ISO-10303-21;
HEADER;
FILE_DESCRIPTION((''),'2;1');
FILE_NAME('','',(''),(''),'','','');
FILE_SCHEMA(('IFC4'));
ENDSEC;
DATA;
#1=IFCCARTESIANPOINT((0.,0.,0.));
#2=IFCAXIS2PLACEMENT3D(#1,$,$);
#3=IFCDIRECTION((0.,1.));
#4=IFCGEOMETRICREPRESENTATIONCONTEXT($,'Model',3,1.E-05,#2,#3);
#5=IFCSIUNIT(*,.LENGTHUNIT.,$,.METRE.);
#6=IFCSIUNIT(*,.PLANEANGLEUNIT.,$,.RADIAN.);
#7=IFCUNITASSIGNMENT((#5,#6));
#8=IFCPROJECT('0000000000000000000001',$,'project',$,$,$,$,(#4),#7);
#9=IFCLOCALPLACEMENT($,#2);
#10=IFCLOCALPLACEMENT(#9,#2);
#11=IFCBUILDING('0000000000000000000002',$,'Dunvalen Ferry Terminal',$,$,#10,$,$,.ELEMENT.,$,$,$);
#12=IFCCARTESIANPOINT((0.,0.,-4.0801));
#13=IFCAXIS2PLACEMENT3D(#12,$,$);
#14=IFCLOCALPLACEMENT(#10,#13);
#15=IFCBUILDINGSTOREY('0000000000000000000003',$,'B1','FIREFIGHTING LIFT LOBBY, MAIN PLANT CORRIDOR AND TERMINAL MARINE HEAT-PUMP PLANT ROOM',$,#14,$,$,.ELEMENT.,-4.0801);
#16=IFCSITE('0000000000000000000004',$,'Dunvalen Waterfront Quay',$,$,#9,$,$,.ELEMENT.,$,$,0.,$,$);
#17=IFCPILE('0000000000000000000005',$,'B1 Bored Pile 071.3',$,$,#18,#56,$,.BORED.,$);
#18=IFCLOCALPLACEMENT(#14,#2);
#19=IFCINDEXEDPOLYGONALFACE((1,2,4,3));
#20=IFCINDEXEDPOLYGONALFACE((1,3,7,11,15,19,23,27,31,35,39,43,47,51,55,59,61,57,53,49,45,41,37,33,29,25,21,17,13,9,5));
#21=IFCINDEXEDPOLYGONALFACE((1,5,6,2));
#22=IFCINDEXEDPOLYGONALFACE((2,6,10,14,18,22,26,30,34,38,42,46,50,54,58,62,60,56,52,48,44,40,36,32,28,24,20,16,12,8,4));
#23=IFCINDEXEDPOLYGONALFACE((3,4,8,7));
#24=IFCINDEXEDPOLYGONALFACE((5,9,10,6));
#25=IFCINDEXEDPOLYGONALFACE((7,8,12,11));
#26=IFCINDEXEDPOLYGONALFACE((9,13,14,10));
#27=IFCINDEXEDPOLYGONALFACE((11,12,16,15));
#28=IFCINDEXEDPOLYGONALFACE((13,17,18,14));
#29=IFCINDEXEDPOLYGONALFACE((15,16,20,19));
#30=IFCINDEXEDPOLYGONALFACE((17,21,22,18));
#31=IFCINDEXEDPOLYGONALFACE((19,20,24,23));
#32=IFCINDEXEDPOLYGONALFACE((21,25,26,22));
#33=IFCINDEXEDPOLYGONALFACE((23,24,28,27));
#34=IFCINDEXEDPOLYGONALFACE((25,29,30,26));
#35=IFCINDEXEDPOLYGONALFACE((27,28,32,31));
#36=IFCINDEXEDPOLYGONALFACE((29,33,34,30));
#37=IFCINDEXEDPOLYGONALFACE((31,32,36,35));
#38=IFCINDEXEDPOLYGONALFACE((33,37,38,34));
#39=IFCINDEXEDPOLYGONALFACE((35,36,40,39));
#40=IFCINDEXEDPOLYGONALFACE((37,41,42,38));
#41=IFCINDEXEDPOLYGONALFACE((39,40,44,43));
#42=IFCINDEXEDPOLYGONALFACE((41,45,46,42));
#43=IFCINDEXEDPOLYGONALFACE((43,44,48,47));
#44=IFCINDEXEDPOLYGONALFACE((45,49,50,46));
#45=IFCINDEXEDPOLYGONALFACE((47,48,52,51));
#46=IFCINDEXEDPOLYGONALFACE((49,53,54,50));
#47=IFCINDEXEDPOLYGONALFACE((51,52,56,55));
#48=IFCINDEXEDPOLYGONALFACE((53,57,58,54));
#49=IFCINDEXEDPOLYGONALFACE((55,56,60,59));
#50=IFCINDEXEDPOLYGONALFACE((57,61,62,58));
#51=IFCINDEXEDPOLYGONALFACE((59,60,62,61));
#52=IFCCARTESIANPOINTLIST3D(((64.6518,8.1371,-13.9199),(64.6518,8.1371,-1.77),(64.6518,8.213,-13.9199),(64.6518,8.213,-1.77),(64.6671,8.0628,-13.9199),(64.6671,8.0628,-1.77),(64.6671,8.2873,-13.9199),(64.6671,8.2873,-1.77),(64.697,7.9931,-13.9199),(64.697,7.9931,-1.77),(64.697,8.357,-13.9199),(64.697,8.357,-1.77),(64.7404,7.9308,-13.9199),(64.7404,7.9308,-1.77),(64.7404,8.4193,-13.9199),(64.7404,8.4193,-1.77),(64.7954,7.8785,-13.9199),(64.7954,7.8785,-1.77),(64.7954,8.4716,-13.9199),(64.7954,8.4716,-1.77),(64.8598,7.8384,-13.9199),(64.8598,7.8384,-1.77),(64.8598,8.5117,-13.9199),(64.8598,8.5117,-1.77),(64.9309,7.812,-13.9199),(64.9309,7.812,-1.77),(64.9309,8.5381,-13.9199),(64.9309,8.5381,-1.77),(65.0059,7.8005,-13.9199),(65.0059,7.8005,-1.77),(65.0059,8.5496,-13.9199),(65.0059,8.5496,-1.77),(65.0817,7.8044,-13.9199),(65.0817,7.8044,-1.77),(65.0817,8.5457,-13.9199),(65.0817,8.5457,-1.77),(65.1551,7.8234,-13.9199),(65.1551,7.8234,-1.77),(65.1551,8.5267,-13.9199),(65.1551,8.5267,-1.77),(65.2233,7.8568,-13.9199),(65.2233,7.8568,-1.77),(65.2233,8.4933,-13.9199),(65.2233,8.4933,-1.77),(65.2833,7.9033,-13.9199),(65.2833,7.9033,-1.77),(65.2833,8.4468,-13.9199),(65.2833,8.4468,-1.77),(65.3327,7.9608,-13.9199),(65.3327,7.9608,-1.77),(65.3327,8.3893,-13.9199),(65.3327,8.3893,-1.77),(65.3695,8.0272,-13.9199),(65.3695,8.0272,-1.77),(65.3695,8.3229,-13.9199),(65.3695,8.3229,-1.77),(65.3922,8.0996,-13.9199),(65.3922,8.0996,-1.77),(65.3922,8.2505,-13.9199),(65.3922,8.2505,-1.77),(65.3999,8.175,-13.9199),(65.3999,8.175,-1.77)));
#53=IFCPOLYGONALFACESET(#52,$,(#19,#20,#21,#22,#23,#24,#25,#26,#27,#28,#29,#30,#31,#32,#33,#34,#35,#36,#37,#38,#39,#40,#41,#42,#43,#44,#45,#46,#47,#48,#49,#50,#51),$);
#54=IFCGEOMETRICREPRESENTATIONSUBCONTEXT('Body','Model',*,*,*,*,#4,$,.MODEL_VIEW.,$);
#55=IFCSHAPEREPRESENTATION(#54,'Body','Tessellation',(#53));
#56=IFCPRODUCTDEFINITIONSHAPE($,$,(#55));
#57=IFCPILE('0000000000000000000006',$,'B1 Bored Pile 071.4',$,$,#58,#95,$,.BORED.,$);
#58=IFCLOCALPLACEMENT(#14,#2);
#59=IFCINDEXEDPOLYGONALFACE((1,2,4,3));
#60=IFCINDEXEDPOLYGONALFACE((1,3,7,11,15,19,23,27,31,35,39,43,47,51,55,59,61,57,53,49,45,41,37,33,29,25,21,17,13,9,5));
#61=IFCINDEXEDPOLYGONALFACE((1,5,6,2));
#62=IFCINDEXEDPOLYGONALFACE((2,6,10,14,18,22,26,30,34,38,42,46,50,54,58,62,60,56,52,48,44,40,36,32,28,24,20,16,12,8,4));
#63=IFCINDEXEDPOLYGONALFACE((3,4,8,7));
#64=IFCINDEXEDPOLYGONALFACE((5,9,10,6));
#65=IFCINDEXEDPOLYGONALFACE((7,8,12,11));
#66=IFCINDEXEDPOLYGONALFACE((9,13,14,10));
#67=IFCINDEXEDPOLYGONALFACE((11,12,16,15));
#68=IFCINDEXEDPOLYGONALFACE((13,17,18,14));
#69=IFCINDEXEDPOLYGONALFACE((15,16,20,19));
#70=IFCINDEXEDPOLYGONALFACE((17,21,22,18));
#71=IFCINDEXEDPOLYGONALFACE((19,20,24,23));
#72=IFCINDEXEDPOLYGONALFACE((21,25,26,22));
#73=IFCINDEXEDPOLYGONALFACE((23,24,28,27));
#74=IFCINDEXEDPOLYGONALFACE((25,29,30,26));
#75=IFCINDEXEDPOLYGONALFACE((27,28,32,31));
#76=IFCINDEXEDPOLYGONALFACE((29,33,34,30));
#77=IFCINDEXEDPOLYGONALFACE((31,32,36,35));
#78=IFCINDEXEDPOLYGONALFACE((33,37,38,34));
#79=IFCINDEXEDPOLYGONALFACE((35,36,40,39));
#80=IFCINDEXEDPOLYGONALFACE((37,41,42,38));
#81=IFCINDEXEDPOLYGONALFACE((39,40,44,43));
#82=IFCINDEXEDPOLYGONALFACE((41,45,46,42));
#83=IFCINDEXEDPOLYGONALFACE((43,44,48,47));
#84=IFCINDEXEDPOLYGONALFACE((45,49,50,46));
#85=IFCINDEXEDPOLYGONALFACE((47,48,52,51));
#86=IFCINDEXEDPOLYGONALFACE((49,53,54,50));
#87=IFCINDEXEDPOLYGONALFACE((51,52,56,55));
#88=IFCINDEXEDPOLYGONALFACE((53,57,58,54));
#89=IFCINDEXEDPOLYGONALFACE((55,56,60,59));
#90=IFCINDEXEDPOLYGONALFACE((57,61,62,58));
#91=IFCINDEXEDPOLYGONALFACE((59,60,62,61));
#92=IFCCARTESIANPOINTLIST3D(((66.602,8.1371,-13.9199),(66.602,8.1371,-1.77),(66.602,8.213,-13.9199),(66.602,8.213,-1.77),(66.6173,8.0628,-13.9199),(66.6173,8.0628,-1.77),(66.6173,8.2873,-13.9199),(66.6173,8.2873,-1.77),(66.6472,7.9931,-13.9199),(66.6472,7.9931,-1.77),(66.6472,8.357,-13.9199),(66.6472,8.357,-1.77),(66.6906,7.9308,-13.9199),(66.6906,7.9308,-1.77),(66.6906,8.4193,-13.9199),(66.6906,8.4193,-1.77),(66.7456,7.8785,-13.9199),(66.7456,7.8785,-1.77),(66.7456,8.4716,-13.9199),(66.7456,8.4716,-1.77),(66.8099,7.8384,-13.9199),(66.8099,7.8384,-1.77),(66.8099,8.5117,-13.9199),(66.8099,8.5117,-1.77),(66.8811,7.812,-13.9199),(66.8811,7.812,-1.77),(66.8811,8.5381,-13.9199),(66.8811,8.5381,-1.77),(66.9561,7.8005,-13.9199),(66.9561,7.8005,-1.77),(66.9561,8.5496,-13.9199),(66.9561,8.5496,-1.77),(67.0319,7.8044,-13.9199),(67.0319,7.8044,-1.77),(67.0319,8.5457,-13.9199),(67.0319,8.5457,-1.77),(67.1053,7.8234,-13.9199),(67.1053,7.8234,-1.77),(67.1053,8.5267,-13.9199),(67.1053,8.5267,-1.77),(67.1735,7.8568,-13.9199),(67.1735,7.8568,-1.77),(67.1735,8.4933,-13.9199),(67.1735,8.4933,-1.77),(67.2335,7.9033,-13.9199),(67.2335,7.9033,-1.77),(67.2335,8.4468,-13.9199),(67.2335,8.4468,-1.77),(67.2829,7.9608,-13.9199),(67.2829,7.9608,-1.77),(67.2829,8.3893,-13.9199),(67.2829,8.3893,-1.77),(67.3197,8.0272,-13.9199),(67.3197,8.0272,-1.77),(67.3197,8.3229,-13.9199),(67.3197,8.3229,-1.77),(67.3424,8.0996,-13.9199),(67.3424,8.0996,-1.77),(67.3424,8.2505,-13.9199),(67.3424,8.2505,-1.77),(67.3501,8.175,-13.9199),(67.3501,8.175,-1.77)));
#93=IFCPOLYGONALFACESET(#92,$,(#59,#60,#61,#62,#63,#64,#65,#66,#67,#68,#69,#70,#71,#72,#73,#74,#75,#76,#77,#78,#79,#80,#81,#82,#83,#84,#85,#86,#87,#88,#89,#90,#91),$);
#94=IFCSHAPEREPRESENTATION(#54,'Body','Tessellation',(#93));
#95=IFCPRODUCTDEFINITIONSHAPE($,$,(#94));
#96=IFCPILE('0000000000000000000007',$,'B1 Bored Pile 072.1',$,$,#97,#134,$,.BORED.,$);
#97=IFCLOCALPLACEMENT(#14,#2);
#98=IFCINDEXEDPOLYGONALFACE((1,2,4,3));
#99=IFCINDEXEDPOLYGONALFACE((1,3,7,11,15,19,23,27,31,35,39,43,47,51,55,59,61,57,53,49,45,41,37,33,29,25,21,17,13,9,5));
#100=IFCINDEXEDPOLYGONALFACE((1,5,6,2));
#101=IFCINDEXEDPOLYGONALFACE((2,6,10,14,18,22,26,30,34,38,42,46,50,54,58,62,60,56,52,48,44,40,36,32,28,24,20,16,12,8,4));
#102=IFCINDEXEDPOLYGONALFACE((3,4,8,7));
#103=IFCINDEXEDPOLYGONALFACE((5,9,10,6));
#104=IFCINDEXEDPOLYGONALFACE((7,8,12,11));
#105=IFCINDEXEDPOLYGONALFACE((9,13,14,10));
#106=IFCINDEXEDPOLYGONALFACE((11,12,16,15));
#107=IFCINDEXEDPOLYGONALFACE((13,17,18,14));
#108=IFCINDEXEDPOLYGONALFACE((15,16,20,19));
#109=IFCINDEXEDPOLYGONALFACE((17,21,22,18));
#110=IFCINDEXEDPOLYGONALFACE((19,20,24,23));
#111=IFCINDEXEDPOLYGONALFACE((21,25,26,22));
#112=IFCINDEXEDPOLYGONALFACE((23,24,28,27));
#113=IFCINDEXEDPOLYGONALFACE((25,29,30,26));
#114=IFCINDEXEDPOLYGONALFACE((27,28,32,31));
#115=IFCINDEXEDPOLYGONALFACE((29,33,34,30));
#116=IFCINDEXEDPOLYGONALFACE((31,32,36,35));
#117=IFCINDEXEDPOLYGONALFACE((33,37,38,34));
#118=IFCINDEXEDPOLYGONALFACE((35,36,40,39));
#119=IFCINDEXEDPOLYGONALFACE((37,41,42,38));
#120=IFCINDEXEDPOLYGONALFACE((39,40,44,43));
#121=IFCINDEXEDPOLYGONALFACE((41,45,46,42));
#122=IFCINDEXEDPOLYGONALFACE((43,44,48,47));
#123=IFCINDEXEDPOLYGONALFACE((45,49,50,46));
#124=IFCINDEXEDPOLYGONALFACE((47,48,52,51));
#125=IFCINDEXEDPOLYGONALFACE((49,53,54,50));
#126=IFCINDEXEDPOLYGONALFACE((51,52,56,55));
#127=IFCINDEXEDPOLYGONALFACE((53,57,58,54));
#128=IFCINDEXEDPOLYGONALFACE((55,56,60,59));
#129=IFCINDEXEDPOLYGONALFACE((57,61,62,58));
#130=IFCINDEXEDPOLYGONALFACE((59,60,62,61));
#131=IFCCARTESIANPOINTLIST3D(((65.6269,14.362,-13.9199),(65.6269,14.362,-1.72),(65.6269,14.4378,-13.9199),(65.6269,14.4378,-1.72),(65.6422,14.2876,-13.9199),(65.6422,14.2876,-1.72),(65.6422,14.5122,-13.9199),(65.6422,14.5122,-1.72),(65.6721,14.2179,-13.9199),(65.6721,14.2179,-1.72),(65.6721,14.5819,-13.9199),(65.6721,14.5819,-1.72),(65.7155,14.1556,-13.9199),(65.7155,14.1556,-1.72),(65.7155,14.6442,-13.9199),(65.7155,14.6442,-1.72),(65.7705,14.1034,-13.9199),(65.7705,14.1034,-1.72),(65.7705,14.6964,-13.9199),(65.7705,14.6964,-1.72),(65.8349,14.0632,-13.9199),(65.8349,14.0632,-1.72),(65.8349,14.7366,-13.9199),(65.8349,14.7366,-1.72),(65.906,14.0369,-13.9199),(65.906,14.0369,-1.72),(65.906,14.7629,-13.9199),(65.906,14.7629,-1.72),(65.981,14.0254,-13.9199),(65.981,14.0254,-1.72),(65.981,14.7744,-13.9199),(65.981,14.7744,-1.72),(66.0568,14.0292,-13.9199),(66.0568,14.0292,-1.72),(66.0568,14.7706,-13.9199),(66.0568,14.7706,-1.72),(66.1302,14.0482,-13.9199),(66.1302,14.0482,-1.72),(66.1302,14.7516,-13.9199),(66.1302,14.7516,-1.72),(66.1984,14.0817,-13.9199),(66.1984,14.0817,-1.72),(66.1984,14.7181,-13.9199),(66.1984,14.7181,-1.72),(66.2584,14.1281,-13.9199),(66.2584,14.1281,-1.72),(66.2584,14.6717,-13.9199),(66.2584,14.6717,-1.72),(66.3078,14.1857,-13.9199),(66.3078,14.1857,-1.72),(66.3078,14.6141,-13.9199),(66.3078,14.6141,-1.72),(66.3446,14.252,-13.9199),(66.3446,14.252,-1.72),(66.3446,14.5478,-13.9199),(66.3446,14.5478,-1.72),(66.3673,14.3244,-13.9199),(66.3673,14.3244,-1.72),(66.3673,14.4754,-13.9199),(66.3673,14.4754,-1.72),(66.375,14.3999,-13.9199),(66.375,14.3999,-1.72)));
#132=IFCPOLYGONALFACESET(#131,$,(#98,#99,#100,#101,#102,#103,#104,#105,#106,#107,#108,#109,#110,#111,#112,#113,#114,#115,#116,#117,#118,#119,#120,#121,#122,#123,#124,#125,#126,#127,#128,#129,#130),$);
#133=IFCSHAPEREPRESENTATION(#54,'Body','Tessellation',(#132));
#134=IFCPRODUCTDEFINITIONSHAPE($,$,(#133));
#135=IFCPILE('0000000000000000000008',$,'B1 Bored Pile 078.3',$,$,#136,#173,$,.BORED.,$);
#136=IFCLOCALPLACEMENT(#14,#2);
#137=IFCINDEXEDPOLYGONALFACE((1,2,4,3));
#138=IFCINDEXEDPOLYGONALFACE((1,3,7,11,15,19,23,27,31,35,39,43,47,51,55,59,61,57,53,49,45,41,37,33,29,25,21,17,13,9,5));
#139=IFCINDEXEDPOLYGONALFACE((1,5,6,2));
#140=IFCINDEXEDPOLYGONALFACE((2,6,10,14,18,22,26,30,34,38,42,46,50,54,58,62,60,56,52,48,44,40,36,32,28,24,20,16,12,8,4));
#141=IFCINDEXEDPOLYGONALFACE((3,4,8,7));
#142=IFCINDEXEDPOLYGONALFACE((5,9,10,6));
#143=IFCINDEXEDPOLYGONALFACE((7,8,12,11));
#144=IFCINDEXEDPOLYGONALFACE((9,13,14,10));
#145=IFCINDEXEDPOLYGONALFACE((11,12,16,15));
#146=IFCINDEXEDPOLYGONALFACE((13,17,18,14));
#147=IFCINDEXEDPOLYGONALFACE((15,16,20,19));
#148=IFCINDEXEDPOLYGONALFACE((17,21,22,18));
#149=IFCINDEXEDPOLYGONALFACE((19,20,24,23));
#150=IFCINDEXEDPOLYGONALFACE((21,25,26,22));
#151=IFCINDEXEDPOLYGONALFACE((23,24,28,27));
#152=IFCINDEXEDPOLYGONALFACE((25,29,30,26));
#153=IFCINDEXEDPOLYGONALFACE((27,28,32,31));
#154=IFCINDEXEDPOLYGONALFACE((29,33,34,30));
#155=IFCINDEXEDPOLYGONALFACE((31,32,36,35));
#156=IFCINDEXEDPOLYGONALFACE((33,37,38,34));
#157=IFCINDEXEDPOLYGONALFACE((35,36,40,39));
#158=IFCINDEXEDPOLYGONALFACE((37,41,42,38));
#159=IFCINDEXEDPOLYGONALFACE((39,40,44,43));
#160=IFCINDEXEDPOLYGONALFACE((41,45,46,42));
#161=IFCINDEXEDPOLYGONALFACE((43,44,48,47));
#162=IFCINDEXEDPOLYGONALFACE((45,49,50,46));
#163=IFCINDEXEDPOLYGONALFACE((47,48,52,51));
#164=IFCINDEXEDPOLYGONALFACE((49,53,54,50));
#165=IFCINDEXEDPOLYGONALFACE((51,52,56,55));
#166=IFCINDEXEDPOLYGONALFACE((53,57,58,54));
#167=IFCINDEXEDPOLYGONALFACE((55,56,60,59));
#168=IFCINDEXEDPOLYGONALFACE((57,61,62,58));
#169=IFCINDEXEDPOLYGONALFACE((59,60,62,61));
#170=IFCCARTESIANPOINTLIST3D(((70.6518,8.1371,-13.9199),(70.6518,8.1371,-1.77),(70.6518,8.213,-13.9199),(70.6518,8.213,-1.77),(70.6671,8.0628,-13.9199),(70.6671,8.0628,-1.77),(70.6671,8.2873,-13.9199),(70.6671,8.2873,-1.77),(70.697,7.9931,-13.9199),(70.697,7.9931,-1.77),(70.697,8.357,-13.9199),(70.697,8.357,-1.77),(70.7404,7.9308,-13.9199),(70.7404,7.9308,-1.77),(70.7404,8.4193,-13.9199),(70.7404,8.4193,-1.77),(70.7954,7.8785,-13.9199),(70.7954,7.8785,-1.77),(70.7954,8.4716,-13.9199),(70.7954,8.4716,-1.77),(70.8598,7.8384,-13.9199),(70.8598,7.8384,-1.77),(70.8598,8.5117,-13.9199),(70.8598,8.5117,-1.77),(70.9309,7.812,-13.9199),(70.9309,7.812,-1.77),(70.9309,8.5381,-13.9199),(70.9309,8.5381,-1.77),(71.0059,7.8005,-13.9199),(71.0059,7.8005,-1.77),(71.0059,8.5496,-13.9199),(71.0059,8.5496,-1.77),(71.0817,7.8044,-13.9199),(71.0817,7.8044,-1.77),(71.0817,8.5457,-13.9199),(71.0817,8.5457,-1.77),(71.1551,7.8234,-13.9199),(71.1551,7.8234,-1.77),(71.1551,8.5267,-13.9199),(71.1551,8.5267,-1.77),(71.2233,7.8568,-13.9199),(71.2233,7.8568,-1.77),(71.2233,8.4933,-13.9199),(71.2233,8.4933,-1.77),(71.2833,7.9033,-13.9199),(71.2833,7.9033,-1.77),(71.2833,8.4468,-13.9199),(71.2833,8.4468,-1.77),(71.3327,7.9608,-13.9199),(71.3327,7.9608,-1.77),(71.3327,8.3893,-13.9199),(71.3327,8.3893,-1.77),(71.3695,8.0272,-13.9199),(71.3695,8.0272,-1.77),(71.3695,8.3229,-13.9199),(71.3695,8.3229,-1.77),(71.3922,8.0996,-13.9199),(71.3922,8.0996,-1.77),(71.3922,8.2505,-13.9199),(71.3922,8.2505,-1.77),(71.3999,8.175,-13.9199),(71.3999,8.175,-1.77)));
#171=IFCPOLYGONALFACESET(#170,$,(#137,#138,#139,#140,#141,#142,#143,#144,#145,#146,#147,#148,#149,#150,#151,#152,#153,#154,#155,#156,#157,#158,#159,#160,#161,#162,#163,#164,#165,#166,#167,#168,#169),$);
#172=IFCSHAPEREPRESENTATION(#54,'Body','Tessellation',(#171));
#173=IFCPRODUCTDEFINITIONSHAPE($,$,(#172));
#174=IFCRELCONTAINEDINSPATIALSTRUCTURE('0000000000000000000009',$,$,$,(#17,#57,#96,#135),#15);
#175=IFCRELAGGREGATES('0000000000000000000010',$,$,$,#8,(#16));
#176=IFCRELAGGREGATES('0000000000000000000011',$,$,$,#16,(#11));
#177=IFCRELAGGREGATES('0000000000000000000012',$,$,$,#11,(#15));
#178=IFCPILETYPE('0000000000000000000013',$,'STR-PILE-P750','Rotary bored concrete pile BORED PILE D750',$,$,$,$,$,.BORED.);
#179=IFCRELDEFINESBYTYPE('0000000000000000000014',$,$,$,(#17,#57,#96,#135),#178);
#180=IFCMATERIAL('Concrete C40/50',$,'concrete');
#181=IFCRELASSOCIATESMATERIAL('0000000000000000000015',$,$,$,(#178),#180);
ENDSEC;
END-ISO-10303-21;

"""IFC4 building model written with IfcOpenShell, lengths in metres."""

from ifc_helpers import new_model, si_unit, direction, frame, origin, origin_2d, place, context, subcontext, project, spatial, circle, extrude, material, material_profile, profile_set, type_object, element, save


model = new_model("IFC4")

# Units and contexts
model_context = context("Model", 3, precision=1e-05, world=origin(), true_north=direction((0.0, 1.0)))
body_context = subcontext(model_context, "Body", "Model", "MODEL_VIEW")
ifc_project = project(units=[si_unit("LENGTHUNIT", "METRE"), si_unit("PLANEANGLEUNIT", "RADIAN")], contexts=[model_context])

# Site, building, storey
site_placement = place(None, origin())
site = spatial("IfcSite", under=ifc_project, at=site_placement, Name="Dunvalen Waterfront Quay", CompositionType="ELEMENT", RefElevation=0.0)
building_placement = place(site_placement, origin())
building = spatial("IfcBuilding", under=site, at=building_placement, Name="Dunvalen Ferry Terminal", CompositionType="ELEMENT")
storey_placement = place(building_placement, frame((0.0, 0.0, -4.0801)))
storey = spatial("IfcBuildingStorey", under=building, at=storey_placement, Name="B1", Description="FIREFIGHTING LIFT LOBBY, MAIN PLANT CORRIDOR AND TERMINAL MARINE HEAT-PUMP PLANT ROOM", CompositionType="ELEMENT", Elevation=-4.0801)

# Shared definitions
ifc_material_1 = material(Name="Concrete C40/50", Category="concrete")

# Piles
ifc_material_profile_1 = material_profile(ifc_material_1, circle(Radius=0.375, at=origin_2d()), Name="Concrete C40/50")
ifc_profile_set_1 = profile_set([ifc_material_profile_1], Name="Concrete C40/50")
pile_type = type_object("IfcPileType", Name="STR-PILE-P750", Description="Rotary bored concrete pile BORED PILE D750", PredefinedType="BORED", material=ifc_profile_set_1)
for number, where, z_axis, x_axis, name in (
    (1, (65.0249, 8.175, -1.77), (0.0, 0.0, -1.0), (1.0, 0.0, 0.0), "B1 Bored Pile 071.3"),
    (2, (66.9751, 8.175, -1.77), (0.0, 0.0, -1.0), (1.0, 0.0, 0.0), "B1 Bored Pile 071.4"),
):
    element("IfcPile", number, at=place(storey_placement, frame(where, z_axis=z_axis, x_axis=x_axis)), inside=storey, type_object=pile_type, Name=name, PredefinedType="BORED", context=body_context, shape_type="SweptSolid", body=[
        extrude(circle(Radius=0.375, at=origin_2d()), origin(), (0.0, 0.0, 1.0), 12.1499),
    ])
pile_1_placement = place(storey_placement, frame((66.0, 14.3999, -1.72), z_axis=(0.0, 0.0, -1.0), x_axis=(1.0, 0.0, 0.0)))
element("IfcPile", 3, at=pile_1_placement, inside=storey, type_object=pile_type, Name="B1 Bored Pile 072.1", PredefinedType="BORED", context=body_context, shape_type="SweptSolid", body=[
    extrude(circle(Radius=0.375, at=origin_2d()), origin(), (0.0, 0.0, 1.0), 12.2),
])
pile_2_placement = place(storey_placement, frame((71.0249, 8.175, -1.77), z_axis=(0.0, 0.0, -1.0), x_axis=(1.0, 0.0, 0.0)))
element("IfcPile", 4, at=pile_2_placement, inside=storey, type_object=pile_type, Name="B1 Bored Pile 078.3", PredefinedType="BORED", context=body_context, shape_type="SweptSolid", body=[
    extrude(circle(Radius=0.375, at=origin_2d()), origin(), (0.0, 0.0, 1.0), 12.1499),
])

save(model, "model.ifc")
